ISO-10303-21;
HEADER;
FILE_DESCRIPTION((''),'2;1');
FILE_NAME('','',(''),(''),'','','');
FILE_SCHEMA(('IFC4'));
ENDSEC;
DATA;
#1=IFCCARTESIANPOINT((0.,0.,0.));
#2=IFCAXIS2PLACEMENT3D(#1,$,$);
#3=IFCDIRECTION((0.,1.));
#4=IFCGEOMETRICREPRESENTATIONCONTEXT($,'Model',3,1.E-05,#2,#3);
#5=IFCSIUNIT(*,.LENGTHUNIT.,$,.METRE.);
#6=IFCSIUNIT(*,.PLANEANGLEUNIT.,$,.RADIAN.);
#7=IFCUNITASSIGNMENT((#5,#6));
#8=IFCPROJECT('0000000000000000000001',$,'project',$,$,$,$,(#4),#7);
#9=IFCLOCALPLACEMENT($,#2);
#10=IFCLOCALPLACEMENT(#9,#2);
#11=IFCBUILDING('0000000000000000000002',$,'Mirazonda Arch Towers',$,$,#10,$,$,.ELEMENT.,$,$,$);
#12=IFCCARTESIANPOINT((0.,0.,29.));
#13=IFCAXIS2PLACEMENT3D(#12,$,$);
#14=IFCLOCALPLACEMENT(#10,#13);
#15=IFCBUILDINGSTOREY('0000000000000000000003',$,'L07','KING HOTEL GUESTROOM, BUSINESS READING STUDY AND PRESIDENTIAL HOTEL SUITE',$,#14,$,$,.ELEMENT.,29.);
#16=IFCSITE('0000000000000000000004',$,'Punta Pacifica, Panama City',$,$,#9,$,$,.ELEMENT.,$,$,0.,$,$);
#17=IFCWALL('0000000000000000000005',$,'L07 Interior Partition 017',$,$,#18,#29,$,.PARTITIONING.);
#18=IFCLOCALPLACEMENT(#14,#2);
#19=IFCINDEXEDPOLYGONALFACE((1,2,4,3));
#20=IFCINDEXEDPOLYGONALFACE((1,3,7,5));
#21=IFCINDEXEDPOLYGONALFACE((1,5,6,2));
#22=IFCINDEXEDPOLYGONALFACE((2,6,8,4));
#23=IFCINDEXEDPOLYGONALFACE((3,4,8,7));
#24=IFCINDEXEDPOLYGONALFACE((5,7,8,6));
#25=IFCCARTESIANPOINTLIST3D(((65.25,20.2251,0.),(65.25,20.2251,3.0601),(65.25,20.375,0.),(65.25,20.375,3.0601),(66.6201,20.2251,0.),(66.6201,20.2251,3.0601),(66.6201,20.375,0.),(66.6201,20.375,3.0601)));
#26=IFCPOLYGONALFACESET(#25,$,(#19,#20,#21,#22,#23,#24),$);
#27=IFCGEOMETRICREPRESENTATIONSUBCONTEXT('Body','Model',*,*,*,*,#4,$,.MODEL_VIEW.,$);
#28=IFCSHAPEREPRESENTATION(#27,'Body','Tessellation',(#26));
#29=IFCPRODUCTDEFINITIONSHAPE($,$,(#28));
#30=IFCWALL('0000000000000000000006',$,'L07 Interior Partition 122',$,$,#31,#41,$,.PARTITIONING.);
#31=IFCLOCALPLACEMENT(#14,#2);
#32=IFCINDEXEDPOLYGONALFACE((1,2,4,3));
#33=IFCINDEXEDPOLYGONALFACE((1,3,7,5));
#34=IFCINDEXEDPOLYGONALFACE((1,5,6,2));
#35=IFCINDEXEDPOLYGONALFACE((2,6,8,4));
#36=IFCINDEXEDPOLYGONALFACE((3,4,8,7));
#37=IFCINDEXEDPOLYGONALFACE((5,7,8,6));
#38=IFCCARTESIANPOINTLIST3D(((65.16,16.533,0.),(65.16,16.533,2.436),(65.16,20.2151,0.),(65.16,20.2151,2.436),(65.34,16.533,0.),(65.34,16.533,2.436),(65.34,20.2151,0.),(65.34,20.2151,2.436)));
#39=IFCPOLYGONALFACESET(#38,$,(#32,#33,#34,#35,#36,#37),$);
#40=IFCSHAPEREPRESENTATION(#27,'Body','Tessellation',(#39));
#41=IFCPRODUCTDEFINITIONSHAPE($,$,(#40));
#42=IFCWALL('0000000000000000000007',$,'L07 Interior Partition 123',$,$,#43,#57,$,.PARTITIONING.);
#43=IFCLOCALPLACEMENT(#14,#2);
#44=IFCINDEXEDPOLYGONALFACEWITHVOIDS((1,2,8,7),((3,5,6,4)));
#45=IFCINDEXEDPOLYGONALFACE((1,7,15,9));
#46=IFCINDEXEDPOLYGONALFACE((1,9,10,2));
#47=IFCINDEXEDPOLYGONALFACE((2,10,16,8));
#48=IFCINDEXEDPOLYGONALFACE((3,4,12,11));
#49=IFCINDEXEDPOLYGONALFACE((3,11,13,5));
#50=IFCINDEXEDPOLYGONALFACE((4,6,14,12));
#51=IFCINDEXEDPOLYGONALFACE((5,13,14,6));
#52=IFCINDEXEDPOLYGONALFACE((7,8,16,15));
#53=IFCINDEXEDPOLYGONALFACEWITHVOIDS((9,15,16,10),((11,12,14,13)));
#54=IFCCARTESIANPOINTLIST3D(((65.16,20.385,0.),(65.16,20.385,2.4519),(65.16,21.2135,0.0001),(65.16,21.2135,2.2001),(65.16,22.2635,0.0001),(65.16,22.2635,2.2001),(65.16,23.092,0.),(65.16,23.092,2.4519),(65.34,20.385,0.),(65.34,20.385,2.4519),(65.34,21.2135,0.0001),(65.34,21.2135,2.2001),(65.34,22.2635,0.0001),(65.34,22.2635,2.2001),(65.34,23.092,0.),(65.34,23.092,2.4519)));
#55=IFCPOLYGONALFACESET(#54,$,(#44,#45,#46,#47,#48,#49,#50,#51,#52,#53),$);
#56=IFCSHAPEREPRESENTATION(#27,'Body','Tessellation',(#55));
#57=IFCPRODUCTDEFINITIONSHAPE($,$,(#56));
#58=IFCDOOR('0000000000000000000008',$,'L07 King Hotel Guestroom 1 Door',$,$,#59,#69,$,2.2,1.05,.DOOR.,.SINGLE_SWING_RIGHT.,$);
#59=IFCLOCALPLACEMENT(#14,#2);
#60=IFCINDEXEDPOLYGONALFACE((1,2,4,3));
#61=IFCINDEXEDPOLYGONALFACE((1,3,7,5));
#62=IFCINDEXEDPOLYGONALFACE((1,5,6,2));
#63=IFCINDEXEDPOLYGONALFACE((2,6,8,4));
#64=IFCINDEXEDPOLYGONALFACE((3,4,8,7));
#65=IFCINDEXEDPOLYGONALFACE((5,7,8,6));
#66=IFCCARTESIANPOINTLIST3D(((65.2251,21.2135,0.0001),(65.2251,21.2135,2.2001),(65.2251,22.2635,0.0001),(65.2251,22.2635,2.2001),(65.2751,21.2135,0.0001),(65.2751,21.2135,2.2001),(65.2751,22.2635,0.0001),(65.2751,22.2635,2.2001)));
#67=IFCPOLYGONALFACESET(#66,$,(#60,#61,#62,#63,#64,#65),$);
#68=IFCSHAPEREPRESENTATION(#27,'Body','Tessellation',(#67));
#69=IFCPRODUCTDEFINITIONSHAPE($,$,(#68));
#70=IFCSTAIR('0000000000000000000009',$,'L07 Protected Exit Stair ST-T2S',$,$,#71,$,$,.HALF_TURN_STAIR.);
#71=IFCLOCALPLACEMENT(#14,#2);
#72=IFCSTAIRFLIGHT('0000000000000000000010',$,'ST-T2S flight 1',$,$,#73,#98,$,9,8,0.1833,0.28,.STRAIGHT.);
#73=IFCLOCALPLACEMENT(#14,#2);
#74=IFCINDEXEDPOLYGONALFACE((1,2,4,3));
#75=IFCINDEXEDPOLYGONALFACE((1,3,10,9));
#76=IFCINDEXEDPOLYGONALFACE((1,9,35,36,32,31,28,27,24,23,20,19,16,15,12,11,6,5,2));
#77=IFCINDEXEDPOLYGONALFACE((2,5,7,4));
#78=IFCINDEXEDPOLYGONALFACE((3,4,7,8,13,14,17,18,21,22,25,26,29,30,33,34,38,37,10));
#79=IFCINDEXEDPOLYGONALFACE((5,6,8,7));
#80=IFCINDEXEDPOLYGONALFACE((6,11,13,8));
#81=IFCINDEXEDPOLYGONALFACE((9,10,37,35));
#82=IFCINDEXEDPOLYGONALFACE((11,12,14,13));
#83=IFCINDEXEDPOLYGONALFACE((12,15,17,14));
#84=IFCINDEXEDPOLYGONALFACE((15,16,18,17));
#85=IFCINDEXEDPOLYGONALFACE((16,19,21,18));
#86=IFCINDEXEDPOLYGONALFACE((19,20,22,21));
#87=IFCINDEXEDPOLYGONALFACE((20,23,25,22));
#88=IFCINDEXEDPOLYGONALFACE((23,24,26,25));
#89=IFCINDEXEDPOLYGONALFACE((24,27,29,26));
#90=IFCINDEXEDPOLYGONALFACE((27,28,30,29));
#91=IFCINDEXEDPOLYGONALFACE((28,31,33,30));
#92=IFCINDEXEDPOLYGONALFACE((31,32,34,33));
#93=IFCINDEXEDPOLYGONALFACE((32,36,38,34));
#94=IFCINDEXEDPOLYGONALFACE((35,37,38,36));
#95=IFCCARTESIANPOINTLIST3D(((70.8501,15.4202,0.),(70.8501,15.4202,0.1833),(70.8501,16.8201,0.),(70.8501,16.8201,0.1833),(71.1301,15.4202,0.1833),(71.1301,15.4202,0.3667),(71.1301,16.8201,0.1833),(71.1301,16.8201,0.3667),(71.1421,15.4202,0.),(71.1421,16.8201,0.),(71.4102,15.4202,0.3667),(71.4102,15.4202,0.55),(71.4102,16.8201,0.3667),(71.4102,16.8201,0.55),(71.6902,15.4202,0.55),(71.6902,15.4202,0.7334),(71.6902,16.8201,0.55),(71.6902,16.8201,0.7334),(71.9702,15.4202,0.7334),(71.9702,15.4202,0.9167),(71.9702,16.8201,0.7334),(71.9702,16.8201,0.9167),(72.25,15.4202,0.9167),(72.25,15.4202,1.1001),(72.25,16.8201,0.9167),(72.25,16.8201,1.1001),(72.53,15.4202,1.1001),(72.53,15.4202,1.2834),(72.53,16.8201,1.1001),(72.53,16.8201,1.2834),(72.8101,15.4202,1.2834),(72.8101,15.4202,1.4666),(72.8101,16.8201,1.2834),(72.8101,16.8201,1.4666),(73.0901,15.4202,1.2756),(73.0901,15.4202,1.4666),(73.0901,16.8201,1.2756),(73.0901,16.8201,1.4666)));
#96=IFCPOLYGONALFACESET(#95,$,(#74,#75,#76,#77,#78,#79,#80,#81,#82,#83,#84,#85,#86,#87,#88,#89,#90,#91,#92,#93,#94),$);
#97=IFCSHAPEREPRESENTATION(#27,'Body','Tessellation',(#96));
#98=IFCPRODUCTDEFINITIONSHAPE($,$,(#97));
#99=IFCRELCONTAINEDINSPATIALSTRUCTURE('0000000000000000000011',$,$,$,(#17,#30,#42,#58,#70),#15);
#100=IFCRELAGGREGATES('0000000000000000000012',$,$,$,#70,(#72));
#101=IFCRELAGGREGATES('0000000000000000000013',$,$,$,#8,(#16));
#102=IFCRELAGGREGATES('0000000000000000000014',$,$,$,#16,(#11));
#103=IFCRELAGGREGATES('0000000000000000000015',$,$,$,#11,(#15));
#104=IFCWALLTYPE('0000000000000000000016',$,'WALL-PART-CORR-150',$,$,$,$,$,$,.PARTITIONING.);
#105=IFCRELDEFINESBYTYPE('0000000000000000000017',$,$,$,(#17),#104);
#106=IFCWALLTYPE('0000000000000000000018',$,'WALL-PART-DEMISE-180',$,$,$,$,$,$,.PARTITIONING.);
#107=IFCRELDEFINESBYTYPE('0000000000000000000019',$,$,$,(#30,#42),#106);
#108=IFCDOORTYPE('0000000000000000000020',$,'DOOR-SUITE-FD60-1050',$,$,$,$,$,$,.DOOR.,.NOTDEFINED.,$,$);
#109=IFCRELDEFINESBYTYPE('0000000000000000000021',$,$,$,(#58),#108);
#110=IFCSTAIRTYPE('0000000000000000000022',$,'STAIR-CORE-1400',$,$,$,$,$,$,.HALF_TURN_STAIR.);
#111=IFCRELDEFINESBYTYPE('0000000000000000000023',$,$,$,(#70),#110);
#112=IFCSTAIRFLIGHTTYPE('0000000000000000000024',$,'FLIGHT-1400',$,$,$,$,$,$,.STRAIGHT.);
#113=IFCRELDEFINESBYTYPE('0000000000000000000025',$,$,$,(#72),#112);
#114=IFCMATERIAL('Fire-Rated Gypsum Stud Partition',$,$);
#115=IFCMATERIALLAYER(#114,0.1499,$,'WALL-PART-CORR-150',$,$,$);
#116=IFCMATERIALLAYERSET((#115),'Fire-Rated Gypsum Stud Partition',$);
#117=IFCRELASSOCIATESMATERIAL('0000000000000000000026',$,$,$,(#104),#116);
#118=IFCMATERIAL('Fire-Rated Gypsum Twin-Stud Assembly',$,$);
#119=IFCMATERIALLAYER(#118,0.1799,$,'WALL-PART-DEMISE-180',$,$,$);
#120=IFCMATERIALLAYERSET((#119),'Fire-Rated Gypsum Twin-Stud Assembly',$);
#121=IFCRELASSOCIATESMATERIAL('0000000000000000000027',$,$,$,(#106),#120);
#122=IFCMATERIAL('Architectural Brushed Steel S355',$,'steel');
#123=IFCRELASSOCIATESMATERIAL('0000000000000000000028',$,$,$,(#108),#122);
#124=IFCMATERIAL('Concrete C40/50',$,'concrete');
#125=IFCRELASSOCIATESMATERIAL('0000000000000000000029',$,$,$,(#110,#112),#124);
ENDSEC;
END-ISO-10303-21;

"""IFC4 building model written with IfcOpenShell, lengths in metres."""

from ifc_helpers import new_model, si_unit, direction, frame, frame_2d, origin, place, context, subcontext, project, spatial, polyline, rectangle, outline, extrude, material, layer, layer_set, type_object, element, fill, aggregate, save


model = new_model("IFC4")

# Units and contexts
model_context = context("Model", 3, precision=1e-05, world=origin(), true_north=direction((0.0, 1.0)))
body_context = subcontext(model_context, "Body", "Model", "MODEL_VIEW")
ifc_project = project(units=[si_unit("LENGTHUNIT", "METRE"), si_unit("PLANEANGLEUNIT", "RADIAN")], contexts=[model_context])

# Site, building, storey
site_placement = place(None, origin())
site = spatial("IfcSite", under=ifc_project, at=site_placement, Name="Punta Pacifica, Panama City", CompositionType="ELEMENT", RefElevation=0.0)
building_placement = place(site_placement, origin())
building = spatial("IfcBuilding", under=site, at=building_placement, Name="Mirazonda Arch Towers", CompositionType="ELEMENT")
storey_placement = place(building_placement, frame((0.0, 0.0, 29.0)))
storey = spatial("IfcBuildingStorey", under=building, at=storey_placement, Name="L07", Description="KING HOTEL GUESTROOM, BUSINESS READING STUDY AND PRESIDENTIAL HOTEL SUITE", CompositionType="ELEMENT", Elevation=29.0)

# Shared definitions
ifc_material_1 = material(Name="Architectural Brushed Steel S355", Category="steel")

# Walls
ifc_material_2 = material(Name="Fire-Rated Gypsum Stud Partition")
ifc_layer_1 = layer(ifc_material_2, 0.1499, Name="WALL-PART-CORR-150")
ifc_layer_set_1 = layer_set([ifc_layer_1], Name="Fire-Rated Gypsum Stud Partition")
wall_type_1 = type_object("IfcWallType", Name="WALL-PART-CORR-150", PredefinedType="PARTITIONING", material=ifc_layer_set_1)
wall_1_placement = place(storey_placement, frame((65.25, 20.3, 0.0), z_axis=(0.0, 0.0, 1.0), x_axis=(1.0, 0.0, 0.0)))
element("IfcWall", 1, at=wall_1_placement, inside=storey, type_object=wall_type_1, Name="L07 Interior Partition 017", PredefinedType="PARTITIONING", context=body_context, shape_type="SweptSolid", body=[
    extrude(rectangle(XDim=1.3701, YDim=0.1499, at=frame_2d((0.6851, 0.0))), origin(), (0.0, 0.0, 1.0), 3.0601),
])
ifc_material_3 = material(Name="Fire-Rated Gypsum Twin-Stud Assembly")
ifc_layer_2 = layer(ifc_material_3, 0.1799, Name="WALL-PART-DEMISE-180")
ifc_layer_set_2 = layer_set([ifc_layer_2], Name="Fire-Rated Gypsum Twin-Stud Assembly")
wall_type_2 = type_object("IfcWallType", Name="WALL-PART-DEMISE-180", PredefinedType="PARTITIONING", material=ifc_layer_set_2)
wall_2_placement = place(storey_placement, frame((65.25, 16.533, 0.0), z_axis=(0.0, 0.0, 1.0), x_axis=(0.0, 1.0, 0.0)))
element("IfcWall", 2, at=wall_2_placement, inside=storey, type_object=wall_type_2, Name="L07 Interior Partition 122", PredefinedType="PARTITIONING", context=body_context, shape_type="SweptSolid", body=[
    extrude(rectangle(XDim=3.6821, YDim=0.1799, at=frame_2d((1.8411, 0.0))), origin(), (0.0, 0.0, 1.0), 2.436),
])

# Wall, opening, door
wall_3_placement = place(storey_placement, frame((65.25, 20.385, 0.0), z_axis=(0.0, 0.0, 1.0), x_axis=(0.0, 1.0, 0.0)))
wall_3 = element("IfcWall", 3, at=wall_3_placement, inside=storey, type_object=wall_type_2, Name="L07 Interior Partition 123", PredefinedType="PARTITIONING", context=body_context, shape_type="SweptSolid", body=[
    extrude(rectangle(XDim=2.707, YDim=0.1799, at=frame_2d((1.3535, 0.0))), origin(), (0.0, 0.0, 1.0), 2.4519),
])
opening_1_placement = place(wall_3_placement, frame((0.8286, 0.0, 0.0)))
opening_1 = element("IfcOpeningElement", 4, at=opening_1_placement, cuts=wall_3, PredefinedType="OPENING", context=body_context, shape_type="SweptSolid", body=[
    extrude(rectangle(XDim=1.05, YDim=2.2, at=frame_2d((0.5249, 1.1001))), frame((0.0, 0.0999, 0.0), z_axis=(0.0, -1.0, 0.0), x_axis=(1.0, 0.0, 0.0)), (0.0, 0.0, 1.0), 0.2),
])
door_type_1 = type_object("IfcDoorType", Name="DOOR-SUITE-FD60-1050", OperationType="NOTDEFINED", PredefinedType="DOOR", material=ifc_material_1)
door_1_placement = place(opening_1_placement, origin())
door_1 = element("IfcDoor", 5, at=door_1_placement, inside=storey, type_object=door_type_1, Name="L07 King Hotel Guestroom 1 Door", OperationType="SINGLE_SWING_RIGHT", OverallHeight=2.2, OverallWidth=1.05, PredefinedType="DOOR", context=body_context, shape_type="SweptSolid", body=[
    extrude(rectangle(XDim=1.05, YDim=2.2, at=frame_2d((0.5249, 1.1001))), frame((0.0, 0.0249, 0.0), z_axis=(0.0, -1.0, 0.0), x_axis=(1.0, 0.0, 0.0)), (0.0, 0.0, 1.0), 0.05),
])
fill(opening_1, door_1)

# Stair, stair flight
ifc_material_4 = material(Name="Concrete C40/50", Category="concrete")
stair_type = type_object("IfcStairType", Name="STAIR-CORE-1400", PredefinedType="HALF_TURN_STAIR", material=ifc_material_4)
stair_placement = place(storey_placement, origin())
stair = element("IfcStair", 6, at=stair_placement, inside=storey, type_object=stair_type, Name="L07 Protected Exit Stair ST-T2S", PredefinedType="HALF_TURN_STAIR")
stair_flight_type = type_object("IfcStairFlightType", Name="FLIGHT-1400", PredefinedType="STRAIGHT", material=ifc_material_4)
stair_flight_placement = place(storey_placement, frame((70.8501, 16.1201, 0.0), z_axis=(0.0, 0.0, 1.0), x_axis=(1.0, 0.0, 0.0)))
stair_flight = element("IfcStairFlight", 7, at=stair_flight_placement, type_object=stair_flight_type, Name="ST-T2S flight 1", NumberOfRisers=9, NumberOfTreads=8, PredefinedType="STRAIGHT", RiserHeight=0.1833, TreadLength=0.28, context=body_context, shape_type="SweptSolid", body=[
    extrude(outline(polyline([(0.0, 0.0), (0.0, 0.1833), (0.28, 0.1833), (0.28, 0.3667), (0.5601, 0.3667), (0.5601, 0.55), (0.8401, 0.55), (0.8401, 0.7334), (1.1201, 0.7334), (1.1201, 0.9167), (1.3999, 0.9167), (1.3999, 1.1001), (1.6799, 1.1001), (1.6799, 1.2834), (1.96, 1.2834), (1.96, 1.4666), (2.24, 1.4666), (2.24, 1.6499), (2.24, 1.2756), (0.292, 0.0), (0.0, 0.0)])), frame((0.0, 0.7, 0.0), z_axis=(0.0, -1.0, 0.0), x_axis=(1.0, 0.0, 0.0)), (0.0, 0.0, 1.0), 1.3999),
])
aggregate(stair, [stair_flight])

save(model, "model.ifc")
